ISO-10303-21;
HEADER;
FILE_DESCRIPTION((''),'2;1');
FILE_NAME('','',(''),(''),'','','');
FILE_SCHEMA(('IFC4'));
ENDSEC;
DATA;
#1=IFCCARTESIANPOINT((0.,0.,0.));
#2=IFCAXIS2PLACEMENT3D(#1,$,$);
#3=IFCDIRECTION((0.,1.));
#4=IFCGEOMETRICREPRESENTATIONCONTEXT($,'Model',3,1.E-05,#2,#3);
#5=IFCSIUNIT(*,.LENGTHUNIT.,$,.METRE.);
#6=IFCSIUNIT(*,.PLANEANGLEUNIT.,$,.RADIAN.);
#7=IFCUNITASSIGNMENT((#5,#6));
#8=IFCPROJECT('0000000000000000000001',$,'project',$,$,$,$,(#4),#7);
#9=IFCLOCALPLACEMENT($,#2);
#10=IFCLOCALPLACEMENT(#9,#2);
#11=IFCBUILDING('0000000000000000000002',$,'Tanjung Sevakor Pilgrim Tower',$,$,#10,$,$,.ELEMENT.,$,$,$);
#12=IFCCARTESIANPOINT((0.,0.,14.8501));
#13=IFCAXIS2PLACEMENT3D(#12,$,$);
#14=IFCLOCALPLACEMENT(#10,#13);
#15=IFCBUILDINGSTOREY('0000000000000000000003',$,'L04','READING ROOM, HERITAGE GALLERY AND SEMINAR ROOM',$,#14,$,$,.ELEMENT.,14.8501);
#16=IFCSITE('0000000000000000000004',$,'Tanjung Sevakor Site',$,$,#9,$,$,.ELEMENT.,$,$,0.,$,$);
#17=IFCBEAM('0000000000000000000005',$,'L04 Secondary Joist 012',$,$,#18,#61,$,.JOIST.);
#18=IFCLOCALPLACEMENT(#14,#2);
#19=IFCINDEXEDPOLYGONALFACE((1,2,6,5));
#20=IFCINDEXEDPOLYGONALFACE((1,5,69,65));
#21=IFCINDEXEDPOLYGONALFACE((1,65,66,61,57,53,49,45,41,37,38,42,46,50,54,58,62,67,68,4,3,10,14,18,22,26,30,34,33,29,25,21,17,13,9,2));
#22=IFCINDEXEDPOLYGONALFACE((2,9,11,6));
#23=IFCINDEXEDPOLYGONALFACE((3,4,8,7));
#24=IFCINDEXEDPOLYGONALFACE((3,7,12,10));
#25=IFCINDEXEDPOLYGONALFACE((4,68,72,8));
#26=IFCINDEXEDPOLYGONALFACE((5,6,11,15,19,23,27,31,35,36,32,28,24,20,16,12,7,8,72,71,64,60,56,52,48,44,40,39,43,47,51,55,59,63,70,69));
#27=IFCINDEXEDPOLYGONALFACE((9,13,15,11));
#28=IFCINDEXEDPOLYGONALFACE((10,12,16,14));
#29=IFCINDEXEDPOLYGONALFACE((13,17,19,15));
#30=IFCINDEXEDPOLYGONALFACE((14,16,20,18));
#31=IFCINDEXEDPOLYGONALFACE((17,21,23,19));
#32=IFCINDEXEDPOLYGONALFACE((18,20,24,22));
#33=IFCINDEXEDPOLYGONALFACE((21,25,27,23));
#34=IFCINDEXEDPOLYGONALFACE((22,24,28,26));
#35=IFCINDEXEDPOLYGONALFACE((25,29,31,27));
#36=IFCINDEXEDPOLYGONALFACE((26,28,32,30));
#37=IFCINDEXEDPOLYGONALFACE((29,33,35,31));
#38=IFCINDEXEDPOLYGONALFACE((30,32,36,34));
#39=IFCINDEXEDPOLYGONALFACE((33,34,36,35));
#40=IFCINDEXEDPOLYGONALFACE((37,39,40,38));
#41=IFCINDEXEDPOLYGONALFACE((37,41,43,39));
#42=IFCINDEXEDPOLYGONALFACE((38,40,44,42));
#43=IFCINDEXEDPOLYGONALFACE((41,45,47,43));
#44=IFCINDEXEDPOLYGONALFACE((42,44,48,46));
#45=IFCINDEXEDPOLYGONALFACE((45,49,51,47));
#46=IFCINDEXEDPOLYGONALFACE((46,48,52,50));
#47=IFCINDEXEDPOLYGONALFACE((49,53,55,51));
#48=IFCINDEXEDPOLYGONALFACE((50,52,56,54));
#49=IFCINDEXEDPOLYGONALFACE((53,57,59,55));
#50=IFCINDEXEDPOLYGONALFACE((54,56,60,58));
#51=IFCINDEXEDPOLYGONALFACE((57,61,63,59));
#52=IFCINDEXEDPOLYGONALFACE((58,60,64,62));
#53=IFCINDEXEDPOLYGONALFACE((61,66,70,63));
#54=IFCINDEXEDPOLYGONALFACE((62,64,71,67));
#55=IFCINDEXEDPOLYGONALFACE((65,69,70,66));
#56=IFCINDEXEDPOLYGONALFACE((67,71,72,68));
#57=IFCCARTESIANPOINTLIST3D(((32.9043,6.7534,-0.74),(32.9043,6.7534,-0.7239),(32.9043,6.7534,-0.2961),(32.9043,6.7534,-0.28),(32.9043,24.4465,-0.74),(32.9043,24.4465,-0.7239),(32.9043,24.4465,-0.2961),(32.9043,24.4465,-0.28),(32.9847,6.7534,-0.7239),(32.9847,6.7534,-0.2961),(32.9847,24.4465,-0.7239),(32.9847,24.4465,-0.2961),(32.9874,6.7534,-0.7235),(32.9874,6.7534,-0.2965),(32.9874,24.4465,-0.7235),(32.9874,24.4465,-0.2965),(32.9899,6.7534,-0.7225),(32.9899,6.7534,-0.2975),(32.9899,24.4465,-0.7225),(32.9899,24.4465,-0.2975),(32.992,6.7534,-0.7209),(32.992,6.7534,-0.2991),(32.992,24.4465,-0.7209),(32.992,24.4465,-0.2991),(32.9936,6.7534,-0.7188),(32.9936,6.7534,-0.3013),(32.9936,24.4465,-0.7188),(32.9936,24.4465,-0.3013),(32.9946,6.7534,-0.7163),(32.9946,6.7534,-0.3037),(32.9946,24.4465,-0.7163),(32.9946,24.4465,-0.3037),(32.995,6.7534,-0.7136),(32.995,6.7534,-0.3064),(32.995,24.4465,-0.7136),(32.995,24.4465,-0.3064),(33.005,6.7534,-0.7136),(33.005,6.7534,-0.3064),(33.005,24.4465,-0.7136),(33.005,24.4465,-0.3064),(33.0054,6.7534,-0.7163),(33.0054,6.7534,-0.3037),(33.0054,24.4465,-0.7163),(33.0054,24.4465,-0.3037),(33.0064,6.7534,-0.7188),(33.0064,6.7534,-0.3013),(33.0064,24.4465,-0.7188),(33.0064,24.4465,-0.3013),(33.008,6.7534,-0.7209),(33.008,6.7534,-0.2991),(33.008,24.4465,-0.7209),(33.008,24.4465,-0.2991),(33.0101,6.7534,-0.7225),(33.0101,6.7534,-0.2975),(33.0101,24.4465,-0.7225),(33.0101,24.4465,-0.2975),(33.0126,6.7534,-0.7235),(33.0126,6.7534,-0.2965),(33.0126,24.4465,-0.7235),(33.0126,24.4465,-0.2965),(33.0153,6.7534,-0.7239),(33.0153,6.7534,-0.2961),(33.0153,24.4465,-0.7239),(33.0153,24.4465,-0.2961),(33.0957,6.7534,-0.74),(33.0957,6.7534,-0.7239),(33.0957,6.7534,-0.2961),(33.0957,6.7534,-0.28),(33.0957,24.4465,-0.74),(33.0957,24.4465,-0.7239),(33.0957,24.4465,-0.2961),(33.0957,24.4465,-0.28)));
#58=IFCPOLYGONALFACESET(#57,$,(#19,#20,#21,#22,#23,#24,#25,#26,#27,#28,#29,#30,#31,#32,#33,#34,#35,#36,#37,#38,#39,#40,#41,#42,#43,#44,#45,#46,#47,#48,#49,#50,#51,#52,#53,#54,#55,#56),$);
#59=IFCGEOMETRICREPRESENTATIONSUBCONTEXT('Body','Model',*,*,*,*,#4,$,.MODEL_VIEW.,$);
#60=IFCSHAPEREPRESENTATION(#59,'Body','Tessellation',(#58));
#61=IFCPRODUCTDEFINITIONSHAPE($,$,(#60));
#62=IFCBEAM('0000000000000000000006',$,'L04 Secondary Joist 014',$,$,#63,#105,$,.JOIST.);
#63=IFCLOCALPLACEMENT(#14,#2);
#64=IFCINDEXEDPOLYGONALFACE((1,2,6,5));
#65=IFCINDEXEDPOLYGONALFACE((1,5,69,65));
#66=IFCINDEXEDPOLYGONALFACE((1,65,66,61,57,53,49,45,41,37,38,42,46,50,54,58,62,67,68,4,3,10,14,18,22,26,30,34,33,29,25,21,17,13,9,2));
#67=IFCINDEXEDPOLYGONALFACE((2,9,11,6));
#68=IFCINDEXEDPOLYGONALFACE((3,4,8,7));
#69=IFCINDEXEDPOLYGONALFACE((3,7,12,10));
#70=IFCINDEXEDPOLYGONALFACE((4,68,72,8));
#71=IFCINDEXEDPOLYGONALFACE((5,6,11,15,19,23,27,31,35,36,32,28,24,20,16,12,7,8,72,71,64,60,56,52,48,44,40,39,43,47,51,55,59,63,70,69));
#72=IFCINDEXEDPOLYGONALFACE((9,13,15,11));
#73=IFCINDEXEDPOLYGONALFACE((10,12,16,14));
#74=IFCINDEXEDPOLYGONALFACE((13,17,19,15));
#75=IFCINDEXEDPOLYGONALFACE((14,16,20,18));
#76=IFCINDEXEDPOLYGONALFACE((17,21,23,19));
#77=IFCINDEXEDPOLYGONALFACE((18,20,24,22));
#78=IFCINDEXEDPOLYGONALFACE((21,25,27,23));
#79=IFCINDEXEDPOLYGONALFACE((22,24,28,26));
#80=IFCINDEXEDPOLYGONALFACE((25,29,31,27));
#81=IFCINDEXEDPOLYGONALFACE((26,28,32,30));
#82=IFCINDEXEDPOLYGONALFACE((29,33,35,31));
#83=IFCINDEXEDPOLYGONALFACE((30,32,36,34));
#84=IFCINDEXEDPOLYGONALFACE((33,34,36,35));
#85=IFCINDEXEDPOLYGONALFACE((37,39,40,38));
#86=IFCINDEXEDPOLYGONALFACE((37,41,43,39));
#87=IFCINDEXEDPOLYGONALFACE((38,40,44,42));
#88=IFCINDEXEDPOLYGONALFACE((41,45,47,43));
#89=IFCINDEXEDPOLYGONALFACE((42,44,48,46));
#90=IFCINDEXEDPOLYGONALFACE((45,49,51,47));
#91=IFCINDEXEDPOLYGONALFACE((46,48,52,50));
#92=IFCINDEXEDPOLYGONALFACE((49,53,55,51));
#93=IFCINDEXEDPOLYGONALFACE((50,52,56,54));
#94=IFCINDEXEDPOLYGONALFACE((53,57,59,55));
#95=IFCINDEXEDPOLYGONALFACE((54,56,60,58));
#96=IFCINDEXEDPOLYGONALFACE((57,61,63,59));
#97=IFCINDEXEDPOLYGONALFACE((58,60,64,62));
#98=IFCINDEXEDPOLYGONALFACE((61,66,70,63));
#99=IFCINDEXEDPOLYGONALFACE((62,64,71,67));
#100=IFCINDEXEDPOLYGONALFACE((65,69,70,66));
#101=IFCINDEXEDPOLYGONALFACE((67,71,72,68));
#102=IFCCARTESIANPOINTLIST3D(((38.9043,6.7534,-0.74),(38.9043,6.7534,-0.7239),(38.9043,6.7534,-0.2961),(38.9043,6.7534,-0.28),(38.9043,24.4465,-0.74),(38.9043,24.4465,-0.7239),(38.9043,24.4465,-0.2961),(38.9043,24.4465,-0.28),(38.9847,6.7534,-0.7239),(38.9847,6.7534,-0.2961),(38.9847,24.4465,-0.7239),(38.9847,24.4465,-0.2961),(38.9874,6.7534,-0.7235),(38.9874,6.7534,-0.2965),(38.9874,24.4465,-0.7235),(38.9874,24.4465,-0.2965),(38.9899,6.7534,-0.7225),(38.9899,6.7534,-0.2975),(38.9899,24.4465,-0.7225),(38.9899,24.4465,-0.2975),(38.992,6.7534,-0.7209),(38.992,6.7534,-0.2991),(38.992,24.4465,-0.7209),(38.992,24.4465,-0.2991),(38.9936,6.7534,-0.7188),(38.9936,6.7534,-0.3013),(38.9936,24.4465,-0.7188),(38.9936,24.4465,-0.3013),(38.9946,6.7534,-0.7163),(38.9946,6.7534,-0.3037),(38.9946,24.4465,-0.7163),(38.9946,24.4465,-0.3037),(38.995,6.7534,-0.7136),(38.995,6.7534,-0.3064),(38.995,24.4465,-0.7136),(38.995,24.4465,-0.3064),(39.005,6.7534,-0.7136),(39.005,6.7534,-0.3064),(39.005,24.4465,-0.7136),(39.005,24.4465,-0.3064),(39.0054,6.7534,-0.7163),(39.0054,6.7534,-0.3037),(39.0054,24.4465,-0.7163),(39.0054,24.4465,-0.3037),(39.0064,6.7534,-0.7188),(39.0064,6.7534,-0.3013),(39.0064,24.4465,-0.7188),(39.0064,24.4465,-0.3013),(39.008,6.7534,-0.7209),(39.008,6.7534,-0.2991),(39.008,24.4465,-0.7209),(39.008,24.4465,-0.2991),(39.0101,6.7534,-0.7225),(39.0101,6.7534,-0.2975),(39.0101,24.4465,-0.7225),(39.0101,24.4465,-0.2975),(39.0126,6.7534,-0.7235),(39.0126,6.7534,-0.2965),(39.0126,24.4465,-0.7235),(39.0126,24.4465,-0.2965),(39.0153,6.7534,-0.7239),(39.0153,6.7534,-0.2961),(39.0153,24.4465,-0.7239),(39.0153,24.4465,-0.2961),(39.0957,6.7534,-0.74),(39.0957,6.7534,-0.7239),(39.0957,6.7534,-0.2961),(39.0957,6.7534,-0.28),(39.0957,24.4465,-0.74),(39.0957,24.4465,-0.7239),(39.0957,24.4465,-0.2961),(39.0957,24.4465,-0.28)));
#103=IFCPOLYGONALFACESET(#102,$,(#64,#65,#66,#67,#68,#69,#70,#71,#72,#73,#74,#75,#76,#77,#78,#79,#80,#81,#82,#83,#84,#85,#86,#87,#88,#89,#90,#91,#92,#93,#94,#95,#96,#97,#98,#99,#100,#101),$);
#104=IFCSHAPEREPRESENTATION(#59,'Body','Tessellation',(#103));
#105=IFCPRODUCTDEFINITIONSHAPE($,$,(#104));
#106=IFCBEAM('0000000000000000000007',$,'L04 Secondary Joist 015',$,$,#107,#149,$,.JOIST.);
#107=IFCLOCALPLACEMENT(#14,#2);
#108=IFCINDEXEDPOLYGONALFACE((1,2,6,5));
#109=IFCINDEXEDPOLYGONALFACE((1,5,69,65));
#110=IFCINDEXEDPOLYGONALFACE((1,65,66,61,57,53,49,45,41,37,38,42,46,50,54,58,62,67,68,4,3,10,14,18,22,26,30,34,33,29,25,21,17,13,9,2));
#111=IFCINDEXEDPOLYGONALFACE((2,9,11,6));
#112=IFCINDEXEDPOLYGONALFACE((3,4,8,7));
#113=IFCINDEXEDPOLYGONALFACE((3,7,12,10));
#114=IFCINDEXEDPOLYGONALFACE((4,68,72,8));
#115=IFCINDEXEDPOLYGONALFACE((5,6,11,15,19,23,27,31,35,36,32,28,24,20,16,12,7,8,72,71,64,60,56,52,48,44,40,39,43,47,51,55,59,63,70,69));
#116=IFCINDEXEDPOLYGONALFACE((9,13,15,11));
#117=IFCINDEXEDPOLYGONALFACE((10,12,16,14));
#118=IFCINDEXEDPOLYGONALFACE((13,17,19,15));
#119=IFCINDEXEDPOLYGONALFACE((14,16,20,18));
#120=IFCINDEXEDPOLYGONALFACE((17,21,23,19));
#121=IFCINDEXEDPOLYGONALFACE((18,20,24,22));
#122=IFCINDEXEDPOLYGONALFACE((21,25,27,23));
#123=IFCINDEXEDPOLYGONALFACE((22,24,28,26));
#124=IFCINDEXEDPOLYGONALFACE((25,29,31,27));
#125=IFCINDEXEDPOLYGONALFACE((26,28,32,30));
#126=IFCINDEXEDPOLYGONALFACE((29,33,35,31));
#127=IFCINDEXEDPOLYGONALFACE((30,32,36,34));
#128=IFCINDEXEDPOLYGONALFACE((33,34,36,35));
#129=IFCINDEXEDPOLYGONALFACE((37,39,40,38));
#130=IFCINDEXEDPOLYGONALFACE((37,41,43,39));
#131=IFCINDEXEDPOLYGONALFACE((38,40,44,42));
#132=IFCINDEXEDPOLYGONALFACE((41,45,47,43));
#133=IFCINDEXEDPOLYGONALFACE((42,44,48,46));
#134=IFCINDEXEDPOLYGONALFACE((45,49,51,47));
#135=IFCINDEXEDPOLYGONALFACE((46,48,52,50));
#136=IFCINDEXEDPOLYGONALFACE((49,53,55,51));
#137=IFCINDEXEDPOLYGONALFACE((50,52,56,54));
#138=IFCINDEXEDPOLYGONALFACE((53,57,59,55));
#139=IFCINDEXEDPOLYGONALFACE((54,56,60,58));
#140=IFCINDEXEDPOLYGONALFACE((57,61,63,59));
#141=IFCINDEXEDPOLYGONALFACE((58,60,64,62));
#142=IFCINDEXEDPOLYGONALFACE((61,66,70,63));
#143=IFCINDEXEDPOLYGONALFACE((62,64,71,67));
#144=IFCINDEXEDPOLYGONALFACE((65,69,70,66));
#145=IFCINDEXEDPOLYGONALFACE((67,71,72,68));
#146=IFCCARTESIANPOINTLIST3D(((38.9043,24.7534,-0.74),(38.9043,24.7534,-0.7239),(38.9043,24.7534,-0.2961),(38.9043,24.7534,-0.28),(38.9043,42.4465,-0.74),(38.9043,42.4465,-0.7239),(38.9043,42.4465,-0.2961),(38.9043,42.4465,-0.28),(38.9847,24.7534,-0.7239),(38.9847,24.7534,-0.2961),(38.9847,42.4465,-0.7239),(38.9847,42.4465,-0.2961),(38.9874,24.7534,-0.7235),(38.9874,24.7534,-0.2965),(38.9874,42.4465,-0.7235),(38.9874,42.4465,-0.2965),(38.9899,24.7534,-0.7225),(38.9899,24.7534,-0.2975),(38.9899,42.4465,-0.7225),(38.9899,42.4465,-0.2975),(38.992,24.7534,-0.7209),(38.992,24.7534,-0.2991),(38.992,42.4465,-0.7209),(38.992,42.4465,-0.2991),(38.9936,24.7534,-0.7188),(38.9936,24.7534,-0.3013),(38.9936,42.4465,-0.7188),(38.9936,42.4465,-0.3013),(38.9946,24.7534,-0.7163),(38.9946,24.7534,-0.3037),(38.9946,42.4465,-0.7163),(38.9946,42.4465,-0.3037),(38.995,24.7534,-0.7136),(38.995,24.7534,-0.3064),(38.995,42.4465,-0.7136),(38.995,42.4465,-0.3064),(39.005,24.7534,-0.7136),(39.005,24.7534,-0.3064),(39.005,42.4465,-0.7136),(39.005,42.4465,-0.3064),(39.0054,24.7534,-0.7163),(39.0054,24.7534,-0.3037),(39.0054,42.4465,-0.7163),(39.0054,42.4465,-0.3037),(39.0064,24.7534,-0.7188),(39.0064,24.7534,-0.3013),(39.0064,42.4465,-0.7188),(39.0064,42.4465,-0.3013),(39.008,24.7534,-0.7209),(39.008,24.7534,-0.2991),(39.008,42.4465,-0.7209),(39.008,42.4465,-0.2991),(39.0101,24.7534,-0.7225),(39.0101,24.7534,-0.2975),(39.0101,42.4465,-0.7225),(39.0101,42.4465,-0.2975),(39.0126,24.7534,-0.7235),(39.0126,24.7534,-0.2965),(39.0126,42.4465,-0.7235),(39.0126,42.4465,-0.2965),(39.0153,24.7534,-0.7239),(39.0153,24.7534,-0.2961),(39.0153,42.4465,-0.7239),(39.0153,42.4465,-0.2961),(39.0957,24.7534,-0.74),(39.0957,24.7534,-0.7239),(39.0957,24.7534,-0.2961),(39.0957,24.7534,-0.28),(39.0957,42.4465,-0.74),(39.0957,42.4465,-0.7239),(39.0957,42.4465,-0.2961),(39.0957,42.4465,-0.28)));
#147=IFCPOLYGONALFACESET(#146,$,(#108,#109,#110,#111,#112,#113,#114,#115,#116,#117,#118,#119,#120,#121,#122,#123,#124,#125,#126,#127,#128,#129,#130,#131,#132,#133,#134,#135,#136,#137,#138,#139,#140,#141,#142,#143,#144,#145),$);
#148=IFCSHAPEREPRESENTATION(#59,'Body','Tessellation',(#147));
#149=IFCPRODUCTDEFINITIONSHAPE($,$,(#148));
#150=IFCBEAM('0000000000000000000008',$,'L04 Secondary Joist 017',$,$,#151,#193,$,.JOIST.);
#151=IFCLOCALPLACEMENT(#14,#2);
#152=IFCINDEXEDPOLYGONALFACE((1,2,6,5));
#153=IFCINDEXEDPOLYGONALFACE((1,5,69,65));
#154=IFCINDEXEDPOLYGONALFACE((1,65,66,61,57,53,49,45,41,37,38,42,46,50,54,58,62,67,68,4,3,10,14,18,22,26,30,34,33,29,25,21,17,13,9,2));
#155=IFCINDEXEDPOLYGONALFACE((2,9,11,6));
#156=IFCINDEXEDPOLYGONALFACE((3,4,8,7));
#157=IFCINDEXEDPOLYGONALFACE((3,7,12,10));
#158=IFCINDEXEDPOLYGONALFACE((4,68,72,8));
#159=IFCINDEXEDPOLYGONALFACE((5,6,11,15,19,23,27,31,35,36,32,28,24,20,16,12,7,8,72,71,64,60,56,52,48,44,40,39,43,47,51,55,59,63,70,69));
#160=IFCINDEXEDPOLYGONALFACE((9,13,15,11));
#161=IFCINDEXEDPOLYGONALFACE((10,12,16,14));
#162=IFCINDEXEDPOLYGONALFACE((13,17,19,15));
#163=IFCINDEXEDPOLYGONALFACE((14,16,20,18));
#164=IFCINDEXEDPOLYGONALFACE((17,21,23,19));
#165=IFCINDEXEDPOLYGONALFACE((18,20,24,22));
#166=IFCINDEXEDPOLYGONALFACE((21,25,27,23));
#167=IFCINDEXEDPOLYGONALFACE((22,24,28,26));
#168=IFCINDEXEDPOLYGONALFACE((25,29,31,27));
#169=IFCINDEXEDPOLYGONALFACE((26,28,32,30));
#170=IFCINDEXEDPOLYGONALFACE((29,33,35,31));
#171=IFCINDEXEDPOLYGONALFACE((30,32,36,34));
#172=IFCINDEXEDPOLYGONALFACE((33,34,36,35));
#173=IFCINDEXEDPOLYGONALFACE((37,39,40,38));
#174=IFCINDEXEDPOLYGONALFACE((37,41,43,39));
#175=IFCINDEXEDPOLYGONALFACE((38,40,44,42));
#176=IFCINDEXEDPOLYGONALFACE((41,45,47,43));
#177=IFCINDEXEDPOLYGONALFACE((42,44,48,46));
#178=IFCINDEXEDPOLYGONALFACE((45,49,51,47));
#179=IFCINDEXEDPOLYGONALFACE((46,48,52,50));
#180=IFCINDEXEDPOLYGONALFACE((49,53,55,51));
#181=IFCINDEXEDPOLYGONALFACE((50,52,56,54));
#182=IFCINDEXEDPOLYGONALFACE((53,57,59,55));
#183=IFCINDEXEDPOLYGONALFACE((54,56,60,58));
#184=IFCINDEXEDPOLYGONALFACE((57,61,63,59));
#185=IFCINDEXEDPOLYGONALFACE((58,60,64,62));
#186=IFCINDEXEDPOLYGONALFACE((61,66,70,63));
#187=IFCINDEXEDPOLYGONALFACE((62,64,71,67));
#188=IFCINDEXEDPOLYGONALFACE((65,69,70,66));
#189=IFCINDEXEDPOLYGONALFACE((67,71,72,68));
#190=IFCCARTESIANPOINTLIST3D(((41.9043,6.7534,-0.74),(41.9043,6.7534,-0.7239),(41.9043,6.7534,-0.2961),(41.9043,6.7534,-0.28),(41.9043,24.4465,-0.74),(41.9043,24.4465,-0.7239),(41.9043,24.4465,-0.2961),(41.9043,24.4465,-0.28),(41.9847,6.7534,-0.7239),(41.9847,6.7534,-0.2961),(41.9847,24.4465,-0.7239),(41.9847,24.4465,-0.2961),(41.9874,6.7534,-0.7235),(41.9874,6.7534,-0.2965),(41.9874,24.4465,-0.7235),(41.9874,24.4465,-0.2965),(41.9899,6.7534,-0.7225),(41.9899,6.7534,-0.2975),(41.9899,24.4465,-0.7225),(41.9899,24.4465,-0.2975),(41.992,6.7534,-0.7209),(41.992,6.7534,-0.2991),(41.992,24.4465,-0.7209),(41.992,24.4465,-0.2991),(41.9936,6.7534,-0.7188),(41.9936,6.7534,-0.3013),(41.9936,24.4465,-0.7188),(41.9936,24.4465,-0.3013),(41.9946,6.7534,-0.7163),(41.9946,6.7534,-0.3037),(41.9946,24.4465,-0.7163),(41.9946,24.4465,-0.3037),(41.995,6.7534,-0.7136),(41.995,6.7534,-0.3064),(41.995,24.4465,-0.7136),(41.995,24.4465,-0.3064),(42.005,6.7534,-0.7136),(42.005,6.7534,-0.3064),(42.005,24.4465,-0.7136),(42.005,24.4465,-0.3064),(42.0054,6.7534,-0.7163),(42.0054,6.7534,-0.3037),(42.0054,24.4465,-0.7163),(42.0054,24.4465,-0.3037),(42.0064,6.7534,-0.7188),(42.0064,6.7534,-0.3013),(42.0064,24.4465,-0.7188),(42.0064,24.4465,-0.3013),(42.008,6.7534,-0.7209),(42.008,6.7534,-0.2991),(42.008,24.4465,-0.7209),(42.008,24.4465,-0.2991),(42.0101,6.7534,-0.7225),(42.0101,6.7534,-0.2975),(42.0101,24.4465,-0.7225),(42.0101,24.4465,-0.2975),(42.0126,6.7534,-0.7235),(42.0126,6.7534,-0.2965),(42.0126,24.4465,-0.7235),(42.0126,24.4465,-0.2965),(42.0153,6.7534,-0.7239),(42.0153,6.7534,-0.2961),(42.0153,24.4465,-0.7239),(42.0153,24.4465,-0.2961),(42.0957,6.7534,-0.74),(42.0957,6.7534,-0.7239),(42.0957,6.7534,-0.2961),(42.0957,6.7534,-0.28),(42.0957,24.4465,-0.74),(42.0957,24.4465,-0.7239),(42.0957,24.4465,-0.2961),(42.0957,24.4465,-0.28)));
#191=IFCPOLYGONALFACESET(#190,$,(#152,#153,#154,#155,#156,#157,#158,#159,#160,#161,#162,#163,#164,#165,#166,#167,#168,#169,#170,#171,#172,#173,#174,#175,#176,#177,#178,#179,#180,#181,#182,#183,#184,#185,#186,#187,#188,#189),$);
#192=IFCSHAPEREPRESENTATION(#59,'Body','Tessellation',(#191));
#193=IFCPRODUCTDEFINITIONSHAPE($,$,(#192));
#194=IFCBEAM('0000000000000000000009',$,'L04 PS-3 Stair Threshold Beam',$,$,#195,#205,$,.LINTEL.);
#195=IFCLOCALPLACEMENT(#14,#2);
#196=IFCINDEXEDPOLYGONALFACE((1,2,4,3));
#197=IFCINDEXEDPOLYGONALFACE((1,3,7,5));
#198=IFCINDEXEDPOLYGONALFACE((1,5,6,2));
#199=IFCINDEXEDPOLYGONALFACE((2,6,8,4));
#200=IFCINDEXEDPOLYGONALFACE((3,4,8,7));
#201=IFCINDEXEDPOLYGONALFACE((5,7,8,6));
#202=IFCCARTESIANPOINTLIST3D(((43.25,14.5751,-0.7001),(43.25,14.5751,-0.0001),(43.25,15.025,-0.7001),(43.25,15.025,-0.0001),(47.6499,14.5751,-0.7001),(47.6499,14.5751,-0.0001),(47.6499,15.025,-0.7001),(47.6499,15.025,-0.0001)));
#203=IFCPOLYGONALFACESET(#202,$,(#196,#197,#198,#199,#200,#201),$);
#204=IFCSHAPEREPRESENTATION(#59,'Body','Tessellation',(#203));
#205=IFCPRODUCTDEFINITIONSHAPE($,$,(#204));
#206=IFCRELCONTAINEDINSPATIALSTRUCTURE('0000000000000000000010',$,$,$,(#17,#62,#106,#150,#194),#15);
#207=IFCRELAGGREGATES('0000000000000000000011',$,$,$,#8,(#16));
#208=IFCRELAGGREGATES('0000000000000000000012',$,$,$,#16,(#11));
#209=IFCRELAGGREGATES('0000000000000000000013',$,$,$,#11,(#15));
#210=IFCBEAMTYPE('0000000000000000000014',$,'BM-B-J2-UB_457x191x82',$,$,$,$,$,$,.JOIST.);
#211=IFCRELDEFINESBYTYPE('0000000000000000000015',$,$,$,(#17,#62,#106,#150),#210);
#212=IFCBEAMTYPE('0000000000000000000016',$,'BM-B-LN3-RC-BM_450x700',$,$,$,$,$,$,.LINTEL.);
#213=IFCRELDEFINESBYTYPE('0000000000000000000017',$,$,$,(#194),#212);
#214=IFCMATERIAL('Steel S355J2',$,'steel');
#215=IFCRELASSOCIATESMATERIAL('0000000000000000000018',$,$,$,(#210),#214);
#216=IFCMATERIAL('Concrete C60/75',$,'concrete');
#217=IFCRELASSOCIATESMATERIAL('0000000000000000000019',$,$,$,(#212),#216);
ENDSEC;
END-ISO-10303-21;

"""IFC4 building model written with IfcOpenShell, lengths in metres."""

from ifc_helpers import new_model, si_unit, direction, frame, origin, origin_2d, place, context, subcontext, project, spatial, rectangle, i_section, extrude, material, material_profile, profile_set, type_object, element, save


model = new_model("IFC4")

# Units and contexts
model_context = context("Model", 3, precision=1e-05, world=origin(), true_north=direction((0.0, 1.0)))
body_context = subcontext(model_context, "Body", "Model", "MODEL_VIEW")
ifc_project = project(units=[si_unit("LENGTHUNIT", "METRE"), si_unit("PLANEANGLEUNIT", "RADIAN")], contexts=[model_context])

# Site, building, storey
site_placement = place(None, origin())
site = spatial("IfcSite", under=ifc_project, at=site_placement, Name="Tanjung Sevakor Site", CompositionType="ELEMENT", RefElevation=0.0)
building_placement = place(site_placement, origin())
building = spatial("IfcBuilding", under=site, at=building_placement, Name="Tanjung Sevakor Pilgrim Tower", CompositionType="ELEMENT")
storey_placement = place(building_placement, frame((0.0, 0.0, 14.8501)))
storey = spatial("IfcBuildingStorey", under=building, at=storey_placement, Name="L04", Description="READING ROOM, HERITAGE GALLERY AND SEMINAR ROOM", CompositionType="ELEMENT", Elevation=14.8501)

# Beams
ifc_material_1 = material(Name="Steel S355J2", Category="steel")
ifc_material_profile_1 = material_profile(ifc_material_1, i_section(OverallWidth=0.1914, OverallDepth=0.46, WebThickness=0.01, FlangeThickness=0.0161, FilletRadius=0.0103, at=origin_2d()))
ifc_profile_set_1 = profile_set([ifc_material_profile_1], Name="Steel S355J2")
beam_type_1 = type_object("IfcBeamType", Name="BM-B-J2-UB_457x191x82", PredefinedType="JOIST", material=ifc_profile_set_1)
for number, where, z_axis, x_axis, name in (
    (1, (33.0, 6.7534, -0.51), (0.0, 1.0, 0.0), (-1.0, 0.0, 0.0), "L04 Secondary Joist 012"),
    (2, (39.0, 6.7534, -0.51), (0.0, 1.0, 0.0), (-1.0, 0.0, 0.0), "L04 Secondary Joist 014"),
    (3, (39.0, 24.7534, -0.51), (0.0, 1.0, 0.0), (-1.0, 0.0, 0.0), "L04 Secondary Joist 015"),
    (4, (42.0, 6.7534, -0.51), (0.0, 1.0, 0.0), (-1.0, 0.0, 0.0), "L04 Secondary Joist 017"),
):
    element("IfcBeam", number, at=place(storey_placement, frame(where, z_axis=z_axis, x_axis=x_axis)), inside=storey, type_object=beam_type_1, Name=name, PredefinedType="JOIST", context=body_context, shape_type="SweptSolid", body=[
        extrude(i_section(OverallWidth=0.1914, OverallDepth=0.46, WebThickness=0.01, FlangeThickness=0.0161, FilletRadius=0.0103, at=origin_2d()), origin(), (0.0, 0.0, 1.0), 17.6931),
    ])
ifc_material_2 = material(Name="Concrete C60/75", Category="concrete")
ifc_material_profile_2 = material_profile(ifc_material_2, rectangle(XDim=0.45, YDim=0.7, at=origin_2d()))
ifc_profile_set_2 = profile_set([ifc_material_profile_2], Name="Concrete C60/75")
beam_type_2 = type_object("IfcBeamType", Name="BM-B-LN3-RC-BM_450x700", PredefinedType="LINTEL", material=ifc_profile_set_2)
beam_1_placement = place(storey_placement, frame((43.25, 14.8, -0.3501), z_axis=(1.0, 0.0, 0.0), x_axis=(0.0, 1.0, 0.0)))
element("IfcBeam", 5, at=beam_1_placement, inside=storey, type_object=beam_type_2, Name="L04 PS-3 Stair Threshold Beam", PredefinedType="LINTEL", context=body_context, shape_type="SweptSolid", body=[
    extrude(rectangle(XDim=0.45, YDim=0.7, at=origin_2d()), origin(), (0.0, 0.0, 1.0), 4.3999),
])

save(model, "model.ifc")
